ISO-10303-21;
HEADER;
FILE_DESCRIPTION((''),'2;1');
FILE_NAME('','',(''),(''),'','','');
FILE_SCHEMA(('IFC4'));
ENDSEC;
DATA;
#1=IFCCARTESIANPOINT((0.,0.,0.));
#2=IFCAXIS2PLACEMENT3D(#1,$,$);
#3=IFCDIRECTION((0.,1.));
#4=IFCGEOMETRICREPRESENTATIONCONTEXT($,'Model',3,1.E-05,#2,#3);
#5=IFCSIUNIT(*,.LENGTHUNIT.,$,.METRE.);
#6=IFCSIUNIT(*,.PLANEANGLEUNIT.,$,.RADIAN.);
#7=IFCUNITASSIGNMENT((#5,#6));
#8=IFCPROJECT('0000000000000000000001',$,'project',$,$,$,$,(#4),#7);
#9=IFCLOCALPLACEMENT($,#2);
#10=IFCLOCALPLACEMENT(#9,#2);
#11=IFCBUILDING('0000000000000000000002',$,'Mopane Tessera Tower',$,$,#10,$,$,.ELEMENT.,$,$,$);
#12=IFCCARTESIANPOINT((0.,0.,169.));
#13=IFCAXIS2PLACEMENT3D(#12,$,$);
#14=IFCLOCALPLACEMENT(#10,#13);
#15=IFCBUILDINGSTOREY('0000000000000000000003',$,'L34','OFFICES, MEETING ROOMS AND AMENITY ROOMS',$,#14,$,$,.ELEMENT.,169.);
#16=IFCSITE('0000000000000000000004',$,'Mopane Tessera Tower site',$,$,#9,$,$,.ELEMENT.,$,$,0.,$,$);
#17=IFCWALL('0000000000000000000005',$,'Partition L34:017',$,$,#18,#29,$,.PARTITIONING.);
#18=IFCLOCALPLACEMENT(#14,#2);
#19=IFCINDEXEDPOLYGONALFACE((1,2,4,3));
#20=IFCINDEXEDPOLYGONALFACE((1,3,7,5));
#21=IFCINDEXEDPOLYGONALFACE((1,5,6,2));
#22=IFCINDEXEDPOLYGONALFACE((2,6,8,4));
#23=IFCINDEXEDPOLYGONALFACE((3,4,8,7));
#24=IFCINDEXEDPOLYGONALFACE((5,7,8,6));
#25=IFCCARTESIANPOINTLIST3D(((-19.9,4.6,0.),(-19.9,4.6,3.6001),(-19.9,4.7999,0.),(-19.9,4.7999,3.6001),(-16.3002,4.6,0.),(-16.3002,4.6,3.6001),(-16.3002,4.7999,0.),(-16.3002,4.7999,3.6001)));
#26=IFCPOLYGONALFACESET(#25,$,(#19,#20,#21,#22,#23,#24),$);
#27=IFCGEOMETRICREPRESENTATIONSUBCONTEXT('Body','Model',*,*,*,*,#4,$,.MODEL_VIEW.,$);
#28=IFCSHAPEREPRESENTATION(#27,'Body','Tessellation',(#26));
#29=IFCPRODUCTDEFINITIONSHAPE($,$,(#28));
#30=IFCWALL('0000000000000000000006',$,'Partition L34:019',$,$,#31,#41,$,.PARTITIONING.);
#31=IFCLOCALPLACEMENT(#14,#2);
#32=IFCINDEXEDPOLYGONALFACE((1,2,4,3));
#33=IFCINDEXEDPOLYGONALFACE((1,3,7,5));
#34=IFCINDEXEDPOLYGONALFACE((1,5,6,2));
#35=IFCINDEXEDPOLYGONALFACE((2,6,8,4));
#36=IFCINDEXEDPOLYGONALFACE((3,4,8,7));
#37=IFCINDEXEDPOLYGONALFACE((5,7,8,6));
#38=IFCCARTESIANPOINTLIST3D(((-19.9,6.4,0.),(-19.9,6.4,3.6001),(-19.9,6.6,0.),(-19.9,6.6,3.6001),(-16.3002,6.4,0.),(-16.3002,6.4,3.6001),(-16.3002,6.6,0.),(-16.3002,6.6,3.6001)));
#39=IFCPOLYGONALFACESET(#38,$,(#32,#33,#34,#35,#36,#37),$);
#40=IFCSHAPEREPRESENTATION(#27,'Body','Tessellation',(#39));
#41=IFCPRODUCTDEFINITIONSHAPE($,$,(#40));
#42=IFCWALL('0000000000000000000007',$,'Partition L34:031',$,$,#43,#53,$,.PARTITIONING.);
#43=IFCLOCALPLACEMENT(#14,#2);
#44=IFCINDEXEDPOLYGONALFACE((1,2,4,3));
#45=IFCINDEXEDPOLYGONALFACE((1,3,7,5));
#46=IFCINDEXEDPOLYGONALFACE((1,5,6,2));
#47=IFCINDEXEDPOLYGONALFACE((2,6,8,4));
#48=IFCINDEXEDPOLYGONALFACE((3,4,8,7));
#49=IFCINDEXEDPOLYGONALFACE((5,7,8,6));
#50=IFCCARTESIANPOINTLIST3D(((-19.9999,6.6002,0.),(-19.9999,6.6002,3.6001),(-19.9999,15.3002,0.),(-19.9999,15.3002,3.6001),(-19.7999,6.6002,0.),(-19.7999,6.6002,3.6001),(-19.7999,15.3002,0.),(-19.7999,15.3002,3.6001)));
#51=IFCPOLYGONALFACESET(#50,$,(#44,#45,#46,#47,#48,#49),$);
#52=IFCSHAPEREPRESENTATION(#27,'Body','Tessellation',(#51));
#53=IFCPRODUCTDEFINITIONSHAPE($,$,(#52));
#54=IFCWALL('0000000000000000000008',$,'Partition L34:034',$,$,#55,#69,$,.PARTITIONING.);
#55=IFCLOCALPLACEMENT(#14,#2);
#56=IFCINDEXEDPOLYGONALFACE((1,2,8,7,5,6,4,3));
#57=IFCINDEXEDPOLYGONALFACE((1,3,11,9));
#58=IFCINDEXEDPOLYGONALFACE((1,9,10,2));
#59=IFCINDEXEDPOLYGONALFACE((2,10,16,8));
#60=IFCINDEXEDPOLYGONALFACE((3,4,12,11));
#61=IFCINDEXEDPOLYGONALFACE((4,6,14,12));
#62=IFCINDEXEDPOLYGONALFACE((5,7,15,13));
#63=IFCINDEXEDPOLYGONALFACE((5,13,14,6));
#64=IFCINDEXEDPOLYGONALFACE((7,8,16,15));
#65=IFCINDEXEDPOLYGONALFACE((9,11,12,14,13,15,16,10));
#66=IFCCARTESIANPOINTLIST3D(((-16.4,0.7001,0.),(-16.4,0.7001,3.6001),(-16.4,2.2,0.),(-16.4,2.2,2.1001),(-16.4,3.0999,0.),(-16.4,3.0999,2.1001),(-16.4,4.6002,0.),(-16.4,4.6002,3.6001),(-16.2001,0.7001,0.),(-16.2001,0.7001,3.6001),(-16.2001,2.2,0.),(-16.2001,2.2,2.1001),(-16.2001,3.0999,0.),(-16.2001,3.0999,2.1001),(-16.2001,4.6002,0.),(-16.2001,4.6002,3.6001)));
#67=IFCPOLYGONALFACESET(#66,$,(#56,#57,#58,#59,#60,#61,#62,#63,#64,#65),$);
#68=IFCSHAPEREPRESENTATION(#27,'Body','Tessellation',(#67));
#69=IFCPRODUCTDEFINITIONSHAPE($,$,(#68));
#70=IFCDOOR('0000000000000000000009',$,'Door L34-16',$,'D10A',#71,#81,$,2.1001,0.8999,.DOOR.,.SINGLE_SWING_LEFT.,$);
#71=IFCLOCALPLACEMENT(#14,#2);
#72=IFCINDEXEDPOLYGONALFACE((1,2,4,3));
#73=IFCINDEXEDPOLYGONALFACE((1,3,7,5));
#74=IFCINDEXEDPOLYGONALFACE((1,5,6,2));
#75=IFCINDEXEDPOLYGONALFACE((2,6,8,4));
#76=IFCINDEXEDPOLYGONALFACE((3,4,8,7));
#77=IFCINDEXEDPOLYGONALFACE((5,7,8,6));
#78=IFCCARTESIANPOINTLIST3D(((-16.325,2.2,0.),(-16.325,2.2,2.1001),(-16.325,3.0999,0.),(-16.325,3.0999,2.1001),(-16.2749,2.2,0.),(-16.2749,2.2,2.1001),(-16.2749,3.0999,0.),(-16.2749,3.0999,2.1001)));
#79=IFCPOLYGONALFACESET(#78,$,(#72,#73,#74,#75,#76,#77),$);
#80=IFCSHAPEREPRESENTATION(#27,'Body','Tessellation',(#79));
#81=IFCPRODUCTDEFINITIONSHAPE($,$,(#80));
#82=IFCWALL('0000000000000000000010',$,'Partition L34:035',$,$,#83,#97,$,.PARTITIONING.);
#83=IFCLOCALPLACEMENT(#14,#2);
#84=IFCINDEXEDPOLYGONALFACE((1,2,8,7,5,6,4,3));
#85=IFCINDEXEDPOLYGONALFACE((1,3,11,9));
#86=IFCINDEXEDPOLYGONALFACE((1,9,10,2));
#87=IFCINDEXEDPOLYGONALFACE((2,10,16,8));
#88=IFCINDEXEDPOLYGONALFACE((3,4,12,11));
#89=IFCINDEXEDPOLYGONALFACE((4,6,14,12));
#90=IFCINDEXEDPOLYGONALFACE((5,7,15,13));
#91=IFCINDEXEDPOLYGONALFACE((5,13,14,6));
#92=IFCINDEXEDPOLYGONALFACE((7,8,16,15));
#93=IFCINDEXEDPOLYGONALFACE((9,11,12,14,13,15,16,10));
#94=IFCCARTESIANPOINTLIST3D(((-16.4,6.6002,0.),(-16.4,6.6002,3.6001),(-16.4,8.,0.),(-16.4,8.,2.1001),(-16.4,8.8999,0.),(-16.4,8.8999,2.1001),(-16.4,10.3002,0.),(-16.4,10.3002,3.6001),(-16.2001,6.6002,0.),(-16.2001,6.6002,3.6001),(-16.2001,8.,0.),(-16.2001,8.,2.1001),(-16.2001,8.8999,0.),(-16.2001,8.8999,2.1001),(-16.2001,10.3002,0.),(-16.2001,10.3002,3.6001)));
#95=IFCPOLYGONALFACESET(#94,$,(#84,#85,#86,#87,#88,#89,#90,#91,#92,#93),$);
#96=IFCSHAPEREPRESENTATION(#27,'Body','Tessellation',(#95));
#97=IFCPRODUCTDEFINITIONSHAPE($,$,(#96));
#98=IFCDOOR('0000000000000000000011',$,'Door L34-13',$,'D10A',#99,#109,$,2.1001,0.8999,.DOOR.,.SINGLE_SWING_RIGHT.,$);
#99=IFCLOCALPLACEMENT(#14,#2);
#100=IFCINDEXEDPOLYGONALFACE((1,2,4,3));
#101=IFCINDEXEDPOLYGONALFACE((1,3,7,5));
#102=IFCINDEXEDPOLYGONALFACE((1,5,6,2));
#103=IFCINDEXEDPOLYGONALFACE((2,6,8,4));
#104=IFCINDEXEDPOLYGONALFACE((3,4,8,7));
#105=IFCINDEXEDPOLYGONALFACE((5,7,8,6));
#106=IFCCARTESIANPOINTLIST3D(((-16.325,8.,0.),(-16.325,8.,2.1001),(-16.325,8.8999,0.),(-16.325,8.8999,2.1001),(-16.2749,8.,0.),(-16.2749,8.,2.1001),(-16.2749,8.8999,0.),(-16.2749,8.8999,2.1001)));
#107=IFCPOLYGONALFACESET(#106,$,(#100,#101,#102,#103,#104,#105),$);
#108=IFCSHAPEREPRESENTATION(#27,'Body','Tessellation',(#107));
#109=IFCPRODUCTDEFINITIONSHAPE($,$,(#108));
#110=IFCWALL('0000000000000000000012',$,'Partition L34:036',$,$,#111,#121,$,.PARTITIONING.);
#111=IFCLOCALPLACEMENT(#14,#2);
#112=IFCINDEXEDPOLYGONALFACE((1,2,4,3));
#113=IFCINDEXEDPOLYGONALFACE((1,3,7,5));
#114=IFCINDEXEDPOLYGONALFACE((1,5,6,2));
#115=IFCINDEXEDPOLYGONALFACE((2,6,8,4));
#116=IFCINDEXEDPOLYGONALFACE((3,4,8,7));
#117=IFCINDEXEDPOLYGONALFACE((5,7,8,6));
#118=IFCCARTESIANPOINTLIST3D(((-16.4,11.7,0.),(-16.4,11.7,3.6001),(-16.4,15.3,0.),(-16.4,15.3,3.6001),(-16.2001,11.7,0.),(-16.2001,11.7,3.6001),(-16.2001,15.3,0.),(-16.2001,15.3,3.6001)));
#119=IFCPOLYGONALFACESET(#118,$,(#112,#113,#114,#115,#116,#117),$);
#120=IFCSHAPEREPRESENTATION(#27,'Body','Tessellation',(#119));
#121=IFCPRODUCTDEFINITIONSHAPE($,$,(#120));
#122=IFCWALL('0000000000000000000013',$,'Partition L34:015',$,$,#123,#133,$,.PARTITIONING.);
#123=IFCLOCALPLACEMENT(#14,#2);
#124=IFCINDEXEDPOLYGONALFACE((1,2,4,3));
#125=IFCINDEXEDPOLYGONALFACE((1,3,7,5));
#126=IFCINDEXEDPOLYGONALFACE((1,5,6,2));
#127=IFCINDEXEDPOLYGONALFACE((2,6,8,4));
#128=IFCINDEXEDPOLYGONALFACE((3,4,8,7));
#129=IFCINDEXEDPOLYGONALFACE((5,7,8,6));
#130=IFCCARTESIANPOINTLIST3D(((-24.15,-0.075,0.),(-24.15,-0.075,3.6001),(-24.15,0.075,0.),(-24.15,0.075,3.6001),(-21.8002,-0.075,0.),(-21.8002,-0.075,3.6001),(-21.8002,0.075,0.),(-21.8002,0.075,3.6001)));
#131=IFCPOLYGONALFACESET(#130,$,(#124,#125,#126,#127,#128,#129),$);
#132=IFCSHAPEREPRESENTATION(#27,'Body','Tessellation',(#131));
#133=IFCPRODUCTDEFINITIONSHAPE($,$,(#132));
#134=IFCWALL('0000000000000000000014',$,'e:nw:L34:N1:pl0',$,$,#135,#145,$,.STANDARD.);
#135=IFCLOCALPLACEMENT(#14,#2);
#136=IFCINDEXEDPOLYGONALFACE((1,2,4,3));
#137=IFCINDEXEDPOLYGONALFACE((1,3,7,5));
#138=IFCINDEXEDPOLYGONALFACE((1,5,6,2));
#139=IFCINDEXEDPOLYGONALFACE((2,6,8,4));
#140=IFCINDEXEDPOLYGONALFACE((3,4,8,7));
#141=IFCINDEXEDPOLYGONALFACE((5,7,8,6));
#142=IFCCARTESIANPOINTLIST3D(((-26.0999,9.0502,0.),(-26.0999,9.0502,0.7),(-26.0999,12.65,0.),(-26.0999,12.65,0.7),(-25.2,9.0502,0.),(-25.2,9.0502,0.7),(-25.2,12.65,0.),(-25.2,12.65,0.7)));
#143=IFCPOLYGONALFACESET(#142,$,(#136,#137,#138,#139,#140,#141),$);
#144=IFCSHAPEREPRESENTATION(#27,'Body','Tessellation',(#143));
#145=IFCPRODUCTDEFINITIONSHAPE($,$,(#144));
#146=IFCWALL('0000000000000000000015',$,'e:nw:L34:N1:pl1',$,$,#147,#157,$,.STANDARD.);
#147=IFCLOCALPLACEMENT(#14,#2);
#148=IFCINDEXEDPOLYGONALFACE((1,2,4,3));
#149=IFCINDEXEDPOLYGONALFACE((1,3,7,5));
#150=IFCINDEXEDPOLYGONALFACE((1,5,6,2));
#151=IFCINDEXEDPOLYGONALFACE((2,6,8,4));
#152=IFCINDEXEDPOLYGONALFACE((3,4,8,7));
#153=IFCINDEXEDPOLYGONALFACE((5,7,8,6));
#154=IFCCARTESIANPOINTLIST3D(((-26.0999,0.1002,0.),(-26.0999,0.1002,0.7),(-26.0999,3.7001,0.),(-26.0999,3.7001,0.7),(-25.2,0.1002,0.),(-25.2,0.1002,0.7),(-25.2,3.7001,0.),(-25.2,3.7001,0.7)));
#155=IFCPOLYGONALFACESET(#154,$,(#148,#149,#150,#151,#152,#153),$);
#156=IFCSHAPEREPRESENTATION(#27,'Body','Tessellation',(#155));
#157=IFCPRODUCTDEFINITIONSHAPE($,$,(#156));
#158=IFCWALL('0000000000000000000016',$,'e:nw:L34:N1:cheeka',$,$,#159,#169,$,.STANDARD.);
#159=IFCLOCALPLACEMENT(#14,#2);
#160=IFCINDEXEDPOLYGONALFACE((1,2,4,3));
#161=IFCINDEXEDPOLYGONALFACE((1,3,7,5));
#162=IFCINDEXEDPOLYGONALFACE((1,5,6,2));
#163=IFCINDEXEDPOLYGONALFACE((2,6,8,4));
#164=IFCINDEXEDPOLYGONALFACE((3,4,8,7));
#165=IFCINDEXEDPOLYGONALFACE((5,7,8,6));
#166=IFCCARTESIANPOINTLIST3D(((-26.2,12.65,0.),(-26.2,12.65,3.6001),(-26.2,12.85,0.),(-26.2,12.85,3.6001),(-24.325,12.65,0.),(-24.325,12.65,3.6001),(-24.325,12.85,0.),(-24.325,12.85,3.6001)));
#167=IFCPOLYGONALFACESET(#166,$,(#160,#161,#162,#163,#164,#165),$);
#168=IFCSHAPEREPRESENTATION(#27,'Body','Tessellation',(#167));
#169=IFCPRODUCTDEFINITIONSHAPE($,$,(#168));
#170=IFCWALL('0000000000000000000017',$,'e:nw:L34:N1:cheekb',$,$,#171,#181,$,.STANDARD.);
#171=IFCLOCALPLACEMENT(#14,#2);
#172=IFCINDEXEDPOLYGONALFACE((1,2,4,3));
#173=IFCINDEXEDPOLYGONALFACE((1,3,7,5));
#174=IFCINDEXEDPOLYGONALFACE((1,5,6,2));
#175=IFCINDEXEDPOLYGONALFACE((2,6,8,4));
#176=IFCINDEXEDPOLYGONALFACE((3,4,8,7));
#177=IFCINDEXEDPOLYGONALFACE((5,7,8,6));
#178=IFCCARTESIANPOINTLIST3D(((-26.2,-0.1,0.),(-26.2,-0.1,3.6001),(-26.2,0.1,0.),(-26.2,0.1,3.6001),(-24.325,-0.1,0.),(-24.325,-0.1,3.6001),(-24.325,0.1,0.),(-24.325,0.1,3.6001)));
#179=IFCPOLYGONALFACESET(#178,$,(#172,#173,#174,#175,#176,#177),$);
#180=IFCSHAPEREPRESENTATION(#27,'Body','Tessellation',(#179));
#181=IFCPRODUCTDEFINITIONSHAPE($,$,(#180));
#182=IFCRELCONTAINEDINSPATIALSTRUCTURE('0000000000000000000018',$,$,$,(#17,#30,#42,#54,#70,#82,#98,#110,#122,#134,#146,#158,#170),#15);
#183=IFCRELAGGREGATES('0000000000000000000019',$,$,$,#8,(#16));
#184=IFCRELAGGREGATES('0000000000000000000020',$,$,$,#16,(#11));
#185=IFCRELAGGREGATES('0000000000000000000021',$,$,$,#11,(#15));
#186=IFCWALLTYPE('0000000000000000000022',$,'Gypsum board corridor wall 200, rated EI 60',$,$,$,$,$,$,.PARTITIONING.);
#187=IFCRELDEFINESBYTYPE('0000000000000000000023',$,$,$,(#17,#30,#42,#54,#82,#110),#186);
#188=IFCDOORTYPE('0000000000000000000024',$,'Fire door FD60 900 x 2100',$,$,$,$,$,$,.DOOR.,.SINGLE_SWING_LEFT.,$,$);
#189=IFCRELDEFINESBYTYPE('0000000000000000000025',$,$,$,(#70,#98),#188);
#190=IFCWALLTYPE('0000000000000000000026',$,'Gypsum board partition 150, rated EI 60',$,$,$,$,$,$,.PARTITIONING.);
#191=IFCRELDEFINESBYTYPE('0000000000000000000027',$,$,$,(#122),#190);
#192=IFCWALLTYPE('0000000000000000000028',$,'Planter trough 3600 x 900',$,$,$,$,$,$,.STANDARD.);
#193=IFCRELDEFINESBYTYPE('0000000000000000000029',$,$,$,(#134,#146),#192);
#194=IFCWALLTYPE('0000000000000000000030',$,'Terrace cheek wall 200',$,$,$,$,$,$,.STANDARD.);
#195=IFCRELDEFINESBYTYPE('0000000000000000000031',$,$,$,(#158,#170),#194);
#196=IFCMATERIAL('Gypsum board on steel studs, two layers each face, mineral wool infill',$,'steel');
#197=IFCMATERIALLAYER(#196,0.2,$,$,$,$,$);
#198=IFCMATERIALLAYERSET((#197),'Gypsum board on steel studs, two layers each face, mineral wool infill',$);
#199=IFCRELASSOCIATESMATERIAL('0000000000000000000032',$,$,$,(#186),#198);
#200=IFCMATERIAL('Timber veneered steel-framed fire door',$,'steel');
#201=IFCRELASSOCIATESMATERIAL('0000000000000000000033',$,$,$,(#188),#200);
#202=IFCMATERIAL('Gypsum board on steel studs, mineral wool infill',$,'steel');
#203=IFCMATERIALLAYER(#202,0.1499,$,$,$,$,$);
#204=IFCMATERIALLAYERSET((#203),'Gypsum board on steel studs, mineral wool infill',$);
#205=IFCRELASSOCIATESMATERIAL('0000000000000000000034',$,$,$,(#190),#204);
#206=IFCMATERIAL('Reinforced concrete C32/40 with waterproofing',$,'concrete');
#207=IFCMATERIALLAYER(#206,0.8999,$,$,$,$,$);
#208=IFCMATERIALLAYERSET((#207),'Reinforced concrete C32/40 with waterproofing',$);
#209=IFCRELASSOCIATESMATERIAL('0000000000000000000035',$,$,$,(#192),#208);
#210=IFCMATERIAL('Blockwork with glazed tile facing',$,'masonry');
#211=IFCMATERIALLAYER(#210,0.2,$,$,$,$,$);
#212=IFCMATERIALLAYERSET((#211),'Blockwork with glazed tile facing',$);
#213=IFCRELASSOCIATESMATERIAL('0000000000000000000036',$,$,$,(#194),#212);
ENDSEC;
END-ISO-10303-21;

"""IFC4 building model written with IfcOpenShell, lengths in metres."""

from ifc_helpers import new_model, si_unit, direction, frame, frame_2d, origin, place, context, subcontext, project, spatial, rectangle, extrude, material, layer, layer_set, type_object, element, fill, save


model = new_model("IFC4")

# Units and contexts
model_context = context("Model", 3, precision=1e-05, world=origin(), true_north=direction((0.0, 1.0)))
body_context = subcontext(model_context, "Body", "Model", "MODEL_VIEW")
ifc_project = project(units=[si_unit("LENGTHUNIT", "METRE"), si_unit("PLANEANGLEUNIT", "RADIAN")], contexts=[model_context])

# Site, building, storey
site_placement = place(None, origin())
site = spatial("IfcSite", under=ifc_project, at=site_placement, Name="Mopane Tessera Tower site", CompositionType="ELEMENT", RefElevation=0.0)
building_placement = place(site_placement, origin())
building = spatial("IfcBuilding", under=site, at=building_placement, Name="Mopane Tessera Tower", CompositionType="ELEMENT")
storey_placement = place(building_placement, frame((0.0, 0.0, 169.0)))
storey = spatial("IfcBuildingStorey", under=building, at=storey_placement, Name="L34", Description="OFFICES, MEETING ROOMS AND AMENITY ROOMS", CompositionType="ELEMENT", Elevation=169.0)

# Walls
ifc_material_1 = material(Name="Gypsum board on steel studs, two layers each face, mineral wool infill", Category="steel")
ifc_layer_1 = layer(ifc_material_1, 0.2)
ifc_layer_set_1 = layer_set([ifc_layer_1], Name="Gypsum board on steel studs, two layers each face, mineral wool infill")
wall_type_1 = type_object("IfcWallType", Name="Gypsum board corridor wall 200, rated EI 60", PredefinedType="PARTITIONING", material=ifc_layer_set_1)
for number, where, z_axis, x_axis, name in (
    (1, (-19.8999, 4.7, 0.0), (0.0, 0.0, 1.0), (1.0, 0.0, 0.0), "Partition L34:017"),
    (2, (-19.8999, 6.5, 0.0), (0.0, 0.0, 1.0), (1.0, 0.0, 0.0), "Partition L34:019"),
):
    element("IfcWall", number, at=place(storey_placement, frame(where, z_axis=z_axis, x_axis=x_axis)), inside=storey, type_object=wall_type_1, Name=name, PredefinedType="PARTITIONING", context=body_context, shape_type="SweptSolid", body=[
        extrude(rectangle(XDim=3.5999, YDim=0.2, at=frame_2d((1.7998, 0.0))), origin(), (0.0, 0.0, 1.0), 3.6001),
    ])
wall_1_placement = place(storey_placement, frame((-19.8999, 6.6001, 0.0), z_axis=(0.0, 0.0, 1.0), x_axis=(0.0, 1.0, 0.0)))
element("IfcWall", 3, at=wall_1_placement, inside=storey, type_object=wall_type_1, Name="Partition L34:031", PredefinedType="PARTITIONING", context=body_context, shape_type="SweptSolid", body=[
    extrude(rectangle(XDim=8.7, YDim=0.2, at=frame_2d((4.3501, 0.0))), origin(), (0.0, 0.0, 1.0), 3.6001),
])

# Walls, openings, doors
wall_2_placement = place(storey_placement, frame((-16.3, 0.7, 0.0), z_axis=(0.0, 0.0, 1.0), x_axis=(0.0, 1.0, 0.0)))
wall_2 = element("IfcWall", 4, at=wall_2_placement, inside=storey, type_object=wall_type_1, Name="Partition L34:034", PredefinedType="PARTITIONING", context=body_context, shape_type="SweptSolid", body=[
    extrude(rectangle(XDim=3.9001, YDim=0.2, at=frame_2d((1.9502, 0.0))), origin(), (0.0, 0.0, 1.0), 3.6001),
])
opening_1_placement = place(wall_2_placement, frame((1.5, 0.0, 0.0)))
opening_1 = element("IfcOpeningElement", 5, at=opening_1_placement, cuts=wall_2, PredefinedType="OPENING", context=body_context, shape_type="SweptSolid", body=[
    extrude(rectangle(XDim=0.8999, YDim=2.1001, at=frame_2d((0.45, 1.05))), frame((0.0, 0.1121, 0.0), z_axis=(0.0, -1.0, 0.0), x_axis=(1.0, 0.0, 0.0)), (0.0, 0.0, 1.0), 0.2239),
])
ifc_material_2 = material(Name="Timber veneered steel-framed fire door", Category="steel")
door_type = type_object("IfcDoorType", Name="Fire door FD60 900 x 2100", OperationType="SINGLE_SWING_LEFT", PredefinedType="DOOR", material=ifc_material_2)
door_1_placement = place(opening_1_placement, origin())
door_1 = element("IfcDoor", 6, at=door_1_placement, inside=storey, type_object=door_type, Name="Door L34-16", ObjectType="D10A", OperationType="SINGLE_SWING_LEFT", OverallHeight=2.1001, OverallWidth=0.8999, PredefinedType="DOOR", context=body_context, shape_type="SweptSolid", body=[
    extrude(rectangle(XDim=0.8999, YDim=2.1001, at=frame_2d((0.45, 1.05))), frame((0.0, 0.0249, 0.0), z_axis=(0.0, -1.0, 0.0), x_axis=(1.0, 0.0, 0.0)), (0.0, 0.0, 1.0), 0.05),
])
fill(opening_1, door_1)
wall_3_placement = place(storey_placement, frame((-16.3, 6.6001, 0.0), z_axis=(0.0, 0.0, 1.0), x_axis=(0.0, 1.0, 0.0)))
wall_3 = element("IfcWall", 7, at=wall_3_placement, inside=storey, type_object=wall_type_1, Name="Partition L34:035", PredefinedType="PARTITIONING", context=body_context, shape_type="SweptSolid", body=[
    extrude(rectangle(XDim=3.7, YDim=0.2, at=frame_2d((1.8501, 0.0))), origin(), (0.0, 0.0, 1.0), 3.6001),
])
opening_2_placement = place(wall_3_placement, frame((1.3999, 0.0, 0.0)))
opening_2 = element("IfcOpeningElement", 8, at=opening_2_placement, cuts=wall_3, PredefinedType="OPENING", context=body_context, shape_type="SweptSolid", body=[
    extrude(rectangle(XDim=0.8999, YDim=2.1001, at=frame_2d((0.45, 1.05))), frame((0.0, 0.1121, 0.0), z_axis=(0.0, -1.0, 0.0), x_axis=(1.0, 0.0, 0.0)), (0.0, 0.0, 1.0), 0.2239),
])
door_2_placement = place(opening_2_placement, origin())
door_2 = element("IfcDoor", 9, at=door_2_placement, inside=storey, type_object=door_type, Name="Door L34-13", ObjectType="D10A", OperationType="SINGLE_SWING_RIGHT", OverallHeight=2.1001, OverallWidth=0.8999, PredefinedType="DOOR", context=body_context, shape_type="SweptSolid", body=[
    extrude(rectangle(XDim=0.8999, YDim=2.1001, at=frame_2d((0.45, 1.05))), frame((0.0, 0.0249, 0.0), z_axis=(0.0, -1.0, 0.0), x_axis=(1.0, 0.0, 0.0)), (0.0, 0.0, 1.0), 0.05),
])
fill(opening_2, door_2)

# Walls
wall_4_placement = place(storey_placement, frame((-16.3, 11.7, 0.0), z_axis=(0.0, 0.0, 1.0), x_axis=(0.0, 1.0, 0.0)))
element("IfcWall", 10, at=wall_4_placement, inside=storey, type_object=wall_type_1, Name="Partition L34:036", PredefinedType="PARTITIONING", context=body_context, shape_type="SweptSolid", body=[
    extrude(rectangle(XDim=3.6001, YDim=0.2, at=frame_2d((1.8, 0.0))), origin(), (0.0, 0.0, 1.0), 3.6001),
])
ifc_material_3 = material(Name="Gypsum board on steel studs, mineral wool infill", Category="steel")
ifc_layer_2 = layer(ifc_material_3, 0.1499)
ifc_layer_set_2 = layer_set([ifc_layer_2], Name="Gypsum board on steel studs, mineral wool infill")
wall_type_2 = type_object("IfcWallType", Name="Gypsum board partition 150, rated EI 60", PredefinedType="PARTITIONING", material=ifc_layer_set_2)
wall_5_placement = place(storey_placement, frame((-24.1499, 0.0, 0.0), z_axis=(0.0, 0.0, 1.0), x_axis=(1.0, 0.0, 0.0)))
element("IfcWall", 11, at=wall_5_placement, inside=storey, type_object=wall_type_2, Name="Partition L34:015", PredefinedType="PARTITIONING", context=body_context, shape_type="SweptSolid", body=[
    extrude(rectangle(XDim=2.3499, YDim=0.1499, at=frame_2d((1.1748, 0.0))), origin(), (0.0, 0.0, 1.0), 3.6001),
])
ifc_material_4 = material(Name="Reinforced concrete C32/40 with waterproofing", Category="concrete")
ifc_layer_3 = layer(ifc_material_4, 0.8999)
ifc_layer_set_3 = layer_set([ifc_layer_3], Name="Reinforced concrete C32/40 with waterproofing")
wall_type_3 = type_object("IfcWallType", Name="Planter trough 3600 x 900", PredefinedType="STANDARD", material=ifc_layer_set_3)
for number, where, z_axis, x_axis, name in (
    (12, (-25.6499, 12.6499, 0.0), (0.0, 0.0, 1.0), (0.0, -1.0, 0.0), "e:nw:L34:N1:pl0"),
    (13, (-25.6499, 3.7, 0.0), (0.0, 0.0, 1.0), (0.0, -1.0, 0.0), "e:nw:L34:N1:pl1"),
):
    element("IfcWall", number, at=place(storey_placement, frame(where, z_axis=z_axis, x_axis=x_axis)), inside=storey, type_object=wall_type_3, Name=name, PredefinedType="STANDARD", context=body_context, shape_type="SweptSolid", body=[
        extrude(rectangle(XDim=3.5999, YDim=0.8999, at=frame_2d((1.7998, 0.0))), origin(), (0.0, 0.0, 1.0), 0.7),
    ])
ifc_material_5 = material(Name="Blockwork with glazed tile facing", Category="masonry")
ifc_layer_4 = layer(ifc_material_5, 0.2)
ifc_layer_set_4 = layer_set([ifc_layer_4], Name="Blockwork with glazed tile facing")
wall_type_4 = type_object("IfcWallType", Name="Terrace cheek wall 200", PredefinedType="STANDARD", material=ifc_layer_set_4)
for number, where, z_axis, x_axis, name in (
    (14, (-26.2, 12.75, 0.0), (0.0, 0.0, 1.0), (1.0, 0.0, 0.0), "e:nw:L34:N1:cheeka"),
    (15, (-26.2, 0.0, 0.0), (0.0, 0.0, 1.0), (1.0, 0.0, 0.0), "e:nw:L34:N1:cheekb"),
):
    element("IfcWall", number, at=place(storey_placement, frame(where, z_axis=z_axis, x_axis=x_axis)), inside=storey, type_object=wall_type_4, Name=name, PredefinedType="STANDARD", context=body_context, shape_type="SweptSolid", body=[
        extrude(rectangle(XDim=1.875, YDim=0.2, at=frame_2d((0.9375, 0.0))), origin(), (0.0, 0.0, 1.0), 3.6001),
    ])

save(model, "model.ifc")
